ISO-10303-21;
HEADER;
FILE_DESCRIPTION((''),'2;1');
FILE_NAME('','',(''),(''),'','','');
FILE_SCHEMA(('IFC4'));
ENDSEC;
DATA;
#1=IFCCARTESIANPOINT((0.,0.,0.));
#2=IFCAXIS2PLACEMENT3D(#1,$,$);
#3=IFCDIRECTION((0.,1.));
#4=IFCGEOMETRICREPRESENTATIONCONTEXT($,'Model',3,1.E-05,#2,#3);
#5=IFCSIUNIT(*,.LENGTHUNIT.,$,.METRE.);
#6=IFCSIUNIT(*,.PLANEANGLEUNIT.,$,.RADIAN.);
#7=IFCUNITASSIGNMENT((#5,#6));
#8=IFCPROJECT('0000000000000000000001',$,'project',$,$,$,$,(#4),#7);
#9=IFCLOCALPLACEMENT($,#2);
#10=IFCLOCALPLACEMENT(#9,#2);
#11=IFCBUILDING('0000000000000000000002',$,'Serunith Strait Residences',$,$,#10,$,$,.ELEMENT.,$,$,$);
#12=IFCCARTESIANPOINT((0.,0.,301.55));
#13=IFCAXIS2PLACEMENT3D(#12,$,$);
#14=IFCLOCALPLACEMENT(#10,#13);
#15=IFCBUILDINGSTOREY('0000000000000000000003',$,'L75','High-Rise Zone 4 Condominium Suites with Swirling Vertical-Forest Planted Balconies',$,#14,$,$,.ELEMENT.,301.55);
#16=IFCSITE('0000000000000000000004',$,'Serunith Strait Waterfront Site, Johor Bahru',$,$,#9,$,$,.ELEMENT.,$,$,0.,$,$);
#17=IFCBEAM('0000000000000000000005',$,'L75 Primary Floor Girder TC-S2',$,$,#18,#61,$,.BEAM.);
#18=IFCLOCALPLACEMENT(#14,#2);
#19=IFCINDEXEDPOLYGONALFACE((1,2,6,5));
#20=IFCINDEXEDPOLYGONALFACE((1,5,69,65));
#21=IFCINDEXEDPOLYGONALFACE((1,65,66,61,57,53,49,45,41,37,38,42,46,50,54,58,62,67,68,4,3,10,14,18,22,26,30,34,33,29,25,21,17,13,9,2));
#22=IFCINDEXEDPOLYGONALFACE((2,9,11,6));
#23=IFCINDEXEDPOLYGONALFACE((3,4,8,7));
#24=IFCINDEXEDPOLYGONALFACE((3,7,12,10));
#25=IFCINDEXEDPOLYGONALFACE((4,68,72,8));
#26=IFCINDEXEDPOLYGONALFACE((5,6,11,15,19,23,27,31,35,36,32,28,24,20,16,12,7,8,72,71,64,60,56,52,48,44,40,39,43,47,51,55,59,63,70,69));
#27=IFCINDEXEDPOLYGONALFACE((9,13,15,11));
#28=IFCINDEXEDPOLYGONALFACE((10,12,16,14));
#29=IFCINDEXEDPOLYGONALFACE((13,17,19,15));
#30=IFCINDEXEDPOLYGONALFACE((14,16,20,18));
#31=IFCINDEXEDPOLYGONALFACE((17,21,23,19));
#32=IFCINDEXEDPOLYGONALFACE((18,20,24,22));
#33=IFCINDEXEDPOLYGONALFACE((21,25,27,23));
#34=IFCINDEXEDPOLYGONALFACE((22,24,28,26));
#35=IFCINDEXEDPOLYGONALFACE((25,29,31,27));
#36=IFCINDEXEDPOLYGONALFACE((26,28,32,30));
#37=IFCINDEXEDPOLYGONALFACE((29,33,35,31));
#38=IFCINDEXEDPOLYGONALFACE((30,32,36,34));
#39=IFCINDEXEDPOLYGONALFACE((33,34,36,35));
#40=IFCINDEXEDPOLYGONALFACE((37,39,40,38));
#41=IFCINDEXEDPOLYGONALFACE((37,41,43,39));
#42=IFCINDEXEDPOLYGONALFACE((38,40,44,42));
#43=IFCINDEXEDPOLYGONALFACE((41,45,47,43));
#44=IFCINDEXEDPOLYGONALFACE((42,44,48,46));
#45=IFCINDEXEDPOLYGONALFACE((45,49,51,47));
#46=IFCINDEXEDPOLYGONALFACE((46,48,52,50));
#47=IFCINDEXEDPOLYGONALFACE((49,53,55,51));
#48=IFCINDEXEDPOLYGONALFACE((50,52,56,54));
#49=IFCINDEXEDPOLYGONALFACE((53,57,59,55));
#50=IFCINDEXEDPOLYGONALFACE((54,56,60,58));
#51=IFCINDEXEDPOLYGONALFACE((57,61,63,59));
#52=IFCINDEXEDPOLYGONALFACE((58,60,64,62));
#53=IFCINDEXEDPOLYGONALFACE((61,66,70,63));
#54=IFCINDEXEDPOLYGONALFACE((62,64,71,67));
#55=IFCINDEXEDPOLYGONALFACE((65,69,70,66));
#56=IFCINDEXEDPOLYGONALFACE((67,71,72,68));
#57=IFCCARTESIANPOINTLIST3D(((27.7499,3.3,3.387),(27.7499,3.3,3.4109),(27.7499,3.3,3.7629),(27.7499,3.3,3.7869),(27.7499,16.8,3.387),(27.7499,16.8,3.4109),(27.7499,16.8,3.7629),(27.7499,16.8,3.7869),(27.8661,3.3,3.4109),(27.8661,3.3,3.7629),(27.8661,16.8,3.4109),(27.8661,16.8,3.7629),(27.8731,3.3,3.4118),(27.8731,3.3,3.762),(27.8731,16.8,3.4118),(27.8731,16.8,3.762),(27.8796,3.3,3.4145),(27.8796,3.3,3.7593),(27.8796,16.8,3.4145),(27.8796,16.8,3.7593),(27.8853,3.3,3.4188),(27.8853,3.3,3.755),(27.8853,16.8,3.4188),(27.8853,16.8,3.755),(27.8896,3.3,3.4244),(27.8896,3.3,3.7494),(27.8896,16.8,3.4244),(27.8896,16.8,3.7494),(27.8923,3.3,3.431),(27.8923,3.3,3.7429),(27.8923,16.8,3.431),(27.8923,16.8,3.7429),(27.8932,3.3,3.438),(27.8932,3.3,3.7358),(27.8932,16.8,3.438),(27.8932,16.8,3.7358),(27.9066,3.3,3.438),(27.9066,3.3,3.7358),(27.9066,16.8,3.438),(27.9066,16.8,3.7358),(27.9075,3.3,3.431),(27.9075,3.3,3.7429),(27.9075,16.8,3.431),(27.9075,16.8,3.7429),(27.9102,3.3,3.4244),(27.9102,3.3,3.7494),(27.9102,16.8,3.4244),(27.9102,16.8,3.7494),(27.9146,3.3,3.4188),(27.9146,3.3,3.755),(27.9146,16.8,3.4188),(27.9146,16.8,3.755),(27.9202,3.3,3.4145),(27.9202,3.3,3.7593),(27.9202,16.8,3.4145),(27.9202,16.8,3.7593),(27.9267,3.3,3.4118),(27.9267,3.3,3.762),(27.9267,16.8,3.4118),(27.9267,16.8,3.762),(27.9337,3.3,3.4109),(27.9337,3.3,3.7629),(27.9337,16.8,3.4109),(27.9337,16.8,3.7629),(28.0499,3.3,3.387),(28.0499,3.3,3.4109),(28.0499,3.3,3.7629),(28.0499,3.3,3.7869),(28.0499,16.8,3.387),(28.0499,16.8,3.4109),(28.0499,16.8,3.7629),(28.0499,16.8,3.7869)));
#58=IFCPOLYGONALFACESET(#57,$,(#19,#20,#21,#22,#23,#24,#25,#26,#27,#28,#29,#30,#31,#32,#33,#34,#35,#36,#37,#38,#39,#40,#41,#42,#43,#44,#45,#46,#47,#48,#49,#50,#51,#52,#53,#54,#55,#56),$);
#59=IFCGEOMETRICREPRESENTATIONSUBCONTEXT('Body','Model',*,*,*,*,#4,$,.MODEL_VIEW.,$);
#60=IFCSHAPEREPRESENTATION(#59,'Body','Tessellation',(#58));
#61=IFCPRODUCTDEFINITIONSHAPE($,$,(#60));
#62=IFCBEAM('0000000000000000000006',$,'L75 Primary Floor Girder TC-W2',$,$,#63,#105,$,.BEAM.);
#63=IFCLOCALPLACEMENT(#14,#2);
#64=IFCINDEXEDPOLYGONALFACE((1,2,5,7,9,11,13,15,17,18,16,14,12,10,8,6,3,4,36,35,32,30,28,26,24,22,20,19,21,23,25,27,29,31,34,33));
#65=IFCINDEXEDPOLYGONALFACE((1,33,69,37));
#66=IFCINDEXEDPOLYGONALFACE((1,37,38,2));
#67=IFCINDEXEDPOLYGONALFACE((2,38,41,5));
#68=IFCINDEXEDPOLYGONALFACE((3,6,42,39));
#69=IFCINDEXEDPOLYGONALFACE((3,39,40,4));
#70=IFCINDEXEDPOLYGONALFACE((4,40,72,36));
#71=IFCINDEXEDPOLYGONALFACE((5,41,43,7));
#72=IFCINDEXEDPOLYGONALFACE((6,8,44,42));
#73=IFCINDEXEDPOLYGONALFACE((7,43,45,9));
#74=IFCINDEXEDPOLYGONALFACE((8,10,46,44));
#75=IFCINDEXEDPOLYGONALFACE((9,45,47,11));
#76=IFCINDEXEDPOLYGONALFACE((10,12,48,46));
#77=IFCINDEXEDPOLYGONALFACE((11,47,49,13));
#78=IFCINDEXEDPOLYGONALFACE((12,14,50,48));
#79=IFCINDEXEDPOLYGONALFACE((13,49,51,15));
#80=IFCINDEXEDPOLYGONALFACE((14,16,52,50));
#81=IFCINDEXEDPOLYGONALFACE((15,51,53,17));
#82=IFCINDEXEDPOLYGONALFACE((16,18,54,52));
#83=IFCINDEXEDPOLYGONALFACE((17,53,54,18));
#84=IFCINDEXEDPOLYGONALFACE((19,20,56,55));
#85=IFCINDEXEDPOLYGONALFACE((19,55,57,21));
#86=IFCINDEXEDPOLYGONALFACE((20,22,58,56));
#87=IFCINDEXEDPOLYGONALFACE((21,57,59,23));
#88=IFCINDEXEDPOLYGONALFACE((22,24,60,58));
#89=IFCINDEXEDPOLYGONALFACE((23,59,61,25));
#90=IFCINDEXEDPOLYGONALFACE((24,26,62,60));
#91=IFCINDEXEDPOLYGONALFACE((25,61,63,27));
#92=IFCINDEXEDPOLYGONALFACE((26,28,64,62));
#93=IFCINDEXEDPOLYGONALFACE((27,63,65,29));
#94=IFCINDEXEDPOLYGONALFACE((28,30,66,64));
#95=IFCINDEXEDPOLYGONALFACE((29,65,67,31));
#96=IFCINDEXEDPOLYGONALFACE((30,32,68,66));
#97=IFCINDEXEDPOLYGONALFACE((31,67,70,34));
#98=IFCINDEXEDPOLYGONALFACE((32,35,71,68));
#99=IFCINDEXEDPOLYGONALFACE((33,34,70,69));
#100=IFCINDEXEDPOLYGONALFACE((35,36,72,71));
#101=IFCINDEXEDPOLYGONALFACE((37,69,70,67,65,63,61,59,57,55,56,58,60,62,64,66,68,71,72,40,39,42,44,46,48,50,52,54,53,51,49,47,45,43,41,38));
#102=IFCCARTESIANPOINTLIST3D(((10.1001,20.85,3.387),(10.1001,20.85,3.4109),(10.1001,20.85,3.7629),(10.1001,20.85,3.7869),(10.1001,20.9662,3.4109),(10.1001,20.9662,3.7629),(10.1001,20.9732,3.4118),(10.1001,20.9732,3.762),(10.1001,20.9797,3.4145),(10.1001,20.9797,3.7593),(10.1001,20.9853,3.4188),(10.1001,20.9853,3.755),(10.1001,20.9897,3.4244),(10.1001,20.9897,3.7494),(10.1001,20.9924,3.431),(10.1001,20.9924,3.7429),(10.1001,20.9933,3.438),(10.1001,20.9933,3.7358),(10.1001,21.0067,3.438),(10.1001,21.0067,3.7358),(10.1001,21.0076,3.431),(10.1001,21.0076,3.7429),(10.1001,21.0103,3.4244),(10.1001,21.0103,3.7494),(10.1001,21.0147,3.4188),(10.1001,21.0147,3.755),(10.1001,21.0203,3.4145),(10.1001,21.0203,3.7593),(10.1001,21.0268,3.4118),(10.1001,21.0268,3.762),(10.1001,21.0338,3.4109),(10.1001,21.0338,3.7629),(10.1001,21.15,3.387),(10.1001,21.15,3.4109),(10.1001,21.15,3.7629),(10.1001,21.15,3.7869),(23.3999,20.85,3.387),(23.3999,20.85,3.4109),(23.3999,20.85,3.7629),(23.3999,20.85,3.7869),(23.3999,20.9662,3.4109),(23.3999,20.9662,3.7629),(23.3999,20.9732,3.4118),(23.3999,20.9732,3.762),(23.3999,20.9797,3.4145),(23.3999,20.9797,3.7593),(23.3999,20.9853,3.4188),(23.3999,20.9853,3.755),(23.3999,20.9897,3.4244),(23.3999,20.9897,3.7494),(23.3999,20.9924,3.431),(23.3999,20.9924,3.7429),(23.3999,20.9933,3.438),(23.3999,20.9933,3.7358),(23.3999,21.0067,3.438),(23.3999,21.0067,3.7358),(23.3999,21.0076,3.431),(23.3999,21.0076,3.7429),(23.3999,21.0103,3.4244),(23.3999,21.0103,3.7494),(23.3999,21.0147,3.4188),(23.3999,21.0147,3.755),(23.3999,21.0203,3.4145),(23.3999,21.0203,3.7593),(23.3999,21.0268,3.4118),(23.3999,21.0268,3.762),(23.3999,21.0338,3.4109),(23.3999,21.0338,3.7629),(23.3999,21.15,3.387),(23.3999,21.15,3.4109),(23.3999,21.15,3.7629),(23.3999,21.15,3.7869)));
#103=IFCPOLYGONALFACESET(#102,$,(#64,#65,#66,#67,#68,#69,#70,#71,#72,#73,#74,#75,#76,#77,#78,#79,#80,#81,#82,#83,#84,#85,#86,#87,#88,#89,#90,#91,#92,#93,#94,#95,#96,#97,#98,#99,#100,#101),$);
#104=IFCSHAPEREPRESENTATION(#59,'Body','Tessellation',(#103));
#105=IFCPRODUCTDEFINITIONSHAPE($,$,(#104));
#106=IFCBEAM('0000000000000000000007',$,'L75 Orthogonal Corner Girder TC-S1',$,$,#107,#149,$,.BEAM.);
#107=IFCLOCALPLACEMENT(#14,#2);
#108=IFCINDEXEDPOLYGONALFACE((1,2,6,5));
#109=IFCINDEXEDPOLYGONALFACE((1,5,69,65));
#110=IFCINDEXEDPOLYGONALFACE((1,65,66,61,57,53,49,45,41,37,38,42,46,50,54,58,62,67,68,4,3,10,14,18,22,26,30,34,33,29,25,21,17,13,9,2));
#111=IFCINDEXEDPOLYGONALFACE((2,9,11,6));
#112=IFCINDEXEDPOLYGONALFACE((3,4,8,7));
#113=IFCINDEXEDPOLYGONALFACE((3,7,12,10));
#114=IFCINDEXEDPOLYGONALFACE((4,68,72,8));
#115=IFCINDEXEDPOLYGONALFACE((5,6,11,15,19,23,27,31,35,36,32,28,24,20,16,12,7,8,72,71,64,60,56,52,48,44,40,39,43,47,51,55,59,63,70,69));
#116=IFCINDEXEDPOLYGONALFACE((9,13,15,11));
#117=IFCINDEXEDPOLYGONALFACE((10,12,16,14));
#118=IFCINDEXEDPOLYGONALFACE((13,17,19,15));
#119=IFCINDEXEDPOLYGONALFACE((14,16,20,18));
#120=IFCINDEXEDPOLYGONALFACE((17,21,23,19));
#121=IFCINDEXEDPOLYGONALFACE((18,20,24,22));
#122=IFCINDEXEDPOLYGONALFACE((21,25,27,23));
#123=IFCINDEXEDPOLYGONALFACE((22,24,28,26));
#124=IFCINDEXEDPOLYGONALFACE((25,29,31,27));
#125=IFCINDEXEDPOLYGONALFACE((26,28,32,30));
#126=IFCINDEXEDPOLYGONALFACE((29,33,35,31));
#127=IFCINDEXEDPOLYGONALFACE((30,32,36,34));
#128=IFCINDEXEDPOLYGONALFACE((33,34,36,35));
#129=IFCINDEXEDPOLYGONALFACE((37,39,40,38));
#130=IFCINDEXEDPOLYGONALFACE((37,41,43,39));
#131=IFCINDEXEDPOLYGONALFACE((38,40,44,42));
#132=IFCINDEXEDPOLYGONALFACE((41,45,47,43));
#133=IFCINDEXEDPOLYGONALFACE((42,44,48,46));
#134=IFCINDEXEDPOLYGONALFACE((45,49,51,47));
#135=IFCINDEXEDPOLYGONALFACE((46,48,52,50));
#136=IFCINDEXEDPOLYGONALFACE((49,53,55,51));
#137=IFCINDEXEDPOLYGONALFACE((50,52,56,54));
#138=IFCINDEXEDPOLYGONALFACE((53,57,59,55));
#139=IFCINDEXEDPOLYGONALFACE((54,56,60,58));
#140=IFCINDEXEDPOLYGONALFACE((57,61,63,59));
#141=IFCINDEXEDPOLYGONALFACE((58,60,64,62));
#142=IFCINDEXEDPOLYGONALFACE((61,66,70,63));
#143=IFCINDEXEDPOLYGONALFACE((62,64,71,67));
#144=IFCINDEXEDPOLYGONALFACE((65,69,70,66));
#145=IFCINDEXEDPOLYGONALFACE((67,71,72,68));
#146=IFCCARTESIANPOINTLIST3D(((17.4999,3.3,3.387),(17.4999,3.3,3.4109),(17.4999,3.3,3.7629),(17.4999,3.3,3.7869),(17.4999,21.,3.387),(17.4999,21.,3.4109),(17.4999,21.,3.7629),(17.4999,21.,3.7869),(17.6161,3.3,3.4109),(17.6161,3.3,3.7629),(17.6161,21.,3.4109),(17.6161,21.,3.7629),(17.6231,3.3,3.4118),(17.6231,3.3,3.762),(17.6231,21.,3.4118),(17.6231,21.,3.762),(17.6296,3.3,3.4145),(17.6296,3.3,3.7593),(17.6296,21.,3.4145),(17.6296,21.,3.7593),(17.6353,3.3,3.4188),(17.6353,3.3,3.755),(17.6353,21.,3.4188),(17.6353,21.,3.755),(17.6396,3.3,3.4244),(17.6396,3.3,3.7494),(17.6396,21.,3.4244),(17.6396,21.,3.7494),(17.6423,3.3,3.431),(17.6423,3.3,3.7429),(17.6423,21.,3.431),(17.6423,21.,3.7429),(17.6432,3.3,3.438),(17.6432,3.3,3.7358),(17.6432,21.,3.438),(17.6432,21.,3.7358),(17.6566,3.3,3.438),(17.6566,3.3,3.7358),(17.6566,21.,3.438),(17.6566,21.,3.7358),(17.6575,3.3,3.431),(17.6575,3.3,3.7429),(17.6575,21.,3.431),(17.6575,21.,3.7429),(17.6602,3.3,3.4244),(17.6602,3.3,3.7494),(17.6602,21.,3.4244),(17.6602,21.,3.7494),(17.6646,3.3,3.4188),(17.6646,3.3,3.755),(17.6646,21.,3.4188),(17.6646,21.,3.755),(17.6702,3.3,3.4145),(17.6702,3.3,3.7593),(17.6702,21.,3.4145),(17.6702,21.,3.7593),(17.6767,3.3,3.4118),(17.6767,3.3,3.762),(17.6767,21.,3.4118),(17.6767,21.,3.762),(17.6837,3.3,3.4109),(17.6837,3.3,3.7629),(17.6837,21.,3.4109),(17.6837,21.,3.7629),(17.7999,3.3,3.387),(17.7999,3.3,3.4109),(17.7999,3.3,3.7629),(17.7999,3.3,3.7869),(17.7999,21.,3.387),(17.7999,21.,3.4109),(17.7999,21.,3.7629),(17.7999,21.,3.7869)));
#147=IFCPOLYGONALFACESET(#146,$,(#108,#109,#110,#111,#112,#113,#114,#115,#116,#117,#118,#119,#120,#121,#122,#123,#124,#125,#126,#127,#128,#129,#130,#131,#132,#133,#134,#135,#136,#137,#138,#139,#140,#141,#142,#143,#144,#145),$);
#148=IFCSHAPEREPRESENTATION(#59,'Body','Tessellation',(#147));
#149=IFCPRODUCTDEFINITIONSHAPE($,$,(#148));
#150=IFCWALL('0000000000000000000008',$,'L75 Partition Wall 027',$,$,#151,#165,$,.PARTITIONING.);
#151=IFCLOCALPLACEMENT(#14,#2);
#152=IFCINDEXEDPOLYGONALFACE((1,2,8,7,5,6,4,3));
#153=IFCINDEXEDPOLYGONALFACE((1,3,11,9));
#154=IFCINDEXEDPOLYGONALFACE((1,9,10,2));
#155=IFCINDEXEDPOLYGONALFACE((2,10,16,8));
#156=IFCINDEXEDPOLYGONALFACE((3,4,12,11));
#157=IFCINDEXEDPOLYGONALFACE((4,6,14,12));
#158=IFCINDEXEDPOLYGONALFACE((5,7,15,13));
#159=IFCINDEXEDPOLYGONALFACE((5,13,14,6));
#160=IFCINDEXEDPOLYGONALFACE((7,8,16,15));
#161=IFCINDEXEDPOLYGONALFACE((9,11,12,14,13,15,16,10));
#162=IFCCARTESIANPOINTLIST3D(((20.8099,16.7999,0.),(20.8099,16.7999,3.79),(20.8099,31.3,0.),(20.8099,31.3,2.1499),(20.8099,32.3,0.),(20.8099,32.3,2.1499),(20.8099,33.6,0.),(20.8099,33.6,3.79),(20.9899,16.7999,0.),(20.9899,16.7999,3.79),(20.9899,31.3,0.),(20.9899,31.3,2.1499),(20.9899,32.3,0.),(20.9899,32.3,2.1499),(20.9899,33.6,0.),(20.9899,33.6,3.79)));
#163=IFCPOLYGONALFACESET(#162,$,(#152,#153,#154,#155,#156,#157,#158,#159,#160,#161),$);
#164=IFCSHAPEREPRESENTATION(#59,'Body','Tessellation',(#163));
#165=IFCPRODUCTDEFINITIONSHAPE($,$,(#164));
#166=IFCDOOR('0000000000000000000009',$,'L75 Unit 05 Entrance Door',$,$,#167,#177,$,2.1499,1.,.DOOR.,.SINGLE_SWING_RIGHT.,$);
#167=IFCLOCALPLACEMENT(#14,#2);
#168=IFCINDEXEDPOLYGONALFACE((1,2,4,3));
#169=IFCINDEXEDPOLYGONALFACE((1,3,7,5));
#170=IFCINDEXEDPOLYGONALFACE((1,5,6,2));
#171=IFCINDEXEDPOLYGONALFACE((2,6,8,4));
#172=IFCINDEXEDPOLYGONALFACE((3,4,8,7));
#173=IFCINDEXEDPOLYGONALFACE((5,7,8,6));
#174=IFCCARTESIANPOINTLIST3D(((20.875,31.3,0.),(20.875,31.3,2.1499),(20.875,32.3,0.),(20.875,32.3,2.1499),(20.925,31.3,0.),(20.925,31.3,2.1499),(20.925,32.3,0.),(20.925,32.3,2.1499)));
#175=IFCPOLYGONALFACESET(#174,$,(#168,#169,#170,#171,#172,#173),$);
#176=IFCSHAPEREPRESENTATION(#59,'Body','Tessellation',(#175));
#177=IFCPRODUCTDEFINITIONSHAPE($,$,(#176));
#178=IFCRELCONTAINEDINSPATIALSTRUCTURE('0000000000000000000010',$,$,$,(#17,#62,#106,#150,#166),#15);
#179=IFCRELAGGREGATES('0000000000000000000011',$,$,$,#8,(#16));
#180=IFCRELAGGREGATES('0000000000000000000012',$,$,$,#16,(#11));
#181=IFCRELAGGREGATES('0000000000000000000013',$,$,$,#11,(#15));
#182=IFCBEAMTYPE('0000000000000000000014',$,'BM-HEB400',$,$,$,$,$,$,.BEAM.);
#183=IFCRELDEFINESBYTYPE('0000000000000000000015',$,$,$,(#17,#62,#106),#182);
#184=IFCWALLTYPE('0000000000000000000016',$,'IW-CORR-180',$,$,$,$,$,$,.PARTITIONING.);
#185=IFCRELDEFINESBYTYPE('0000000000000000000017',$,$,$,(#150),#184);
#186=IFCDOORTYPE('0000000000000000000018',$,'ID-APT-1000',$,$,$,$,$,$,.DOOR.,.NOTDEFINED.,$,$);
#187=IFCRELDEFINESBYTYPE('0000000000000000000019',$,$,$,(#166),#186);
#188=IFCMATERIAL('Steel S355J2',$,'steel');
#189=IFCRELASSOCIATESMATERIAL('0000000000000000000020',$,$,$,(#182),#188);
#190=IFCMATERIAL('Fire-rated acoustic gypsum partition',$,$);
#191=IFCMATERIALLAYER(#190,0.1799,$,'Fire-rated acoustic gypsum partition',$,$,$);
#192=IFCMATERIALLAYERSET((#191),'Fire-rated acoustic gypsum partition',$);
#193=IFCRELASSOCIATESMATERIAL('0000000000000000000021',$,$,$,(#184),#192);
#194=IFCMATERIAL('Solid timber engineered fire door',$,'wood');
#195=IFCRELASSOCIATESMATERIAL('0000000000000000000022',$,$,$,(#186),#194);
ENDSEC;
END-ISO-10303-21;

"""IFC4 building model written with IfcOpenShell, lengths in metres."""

from ifc_helpers import new_model, si_unit, direction, frame, frame_2d, origin, origin_2d, place, context, subcontext, project, spatial, rectangle, i_section, extrude, source, transform, mapped, material, layer, layer_set, material_profile, profile_set, type_object, element, fill, save


model = new_model("IFC4")

# Units and contexts
model_context = context("Model", 3, precision=1e-05, world=origin(), true_north=direction((0.0, 1.0)))
body_context = subcontext(model_context, "Body", "Model", "MODEL_VIEW")
ifc_project = project(units=[si_unit("LENGTHUNIT", "METRE"), si_unit("PLANEANGLEUNIT", "RADIAN")], contexts=[model_context])

# Site, building, storey
site_placement = place(None, origin())
site = spatial("IfcSite", under=ifc_project, at=site_placement, Name="Serunith Strait Waterfront Site, Johor Bahru", CompositionType="ELEMENT", RefElevation=0.0)
building_placement = place(site_placement, origin())
building = spatial("IfcBuilding", under=site, at=building_placement, Name="Serunith Strait Residences", CompositionType="ELEMENT")
storey_placement = place(building_placement, frame((0.0, 0.0, 301.55)))
storey = spatial("IfcBuildingStorey", under=building, at=storey_placement, Name="L75", Description="High-Rise Zone 4 Condominium Suites with Swirling Vertical-Forest Planted Balconies", CompositionType="ELEMENT", Elevation=301.55)

# Beams
ifc_material_1 = material(Name="Steel S355J2", Category="steel")
ifc_material_profile = material_profile(ifc_material_1, i_section(OverallWidth=0.3, OverallDepth=0.3999, WebThickness=0.0134, FlangeThickness=0.0239, FilletRadius=0.0271, at=origin_2d()), Name="HEB 400")
ifc_profile_set = profile_set([ifc_material_profile], Name="Steel S355J2")
beam_type = type_object("IfcBeamType", Name="BM-HEB400", PredefinedType="BEAM", material=ifc_profile_set)
shared_shape_1 = source(origin(), body_context, "Body", "SweptSolid", [
    extrude(i_section(OverallWidth=0.3, OverallDepth=0.3999, WebThickness=0.0134, FlangeThickness=0.0239, FilletRadius=0.0271, at=origin_2d()), origin(), (0.0, 0.0, 1.0), 13.5),
])
beam_1_placement = place(storey_placement, frame((27.8999, 16.8, 3.5869), z_axis=(0.0, -1.0, 0.0), x_axis=(1.0, 0.0, 0.0)))
element("IfcBeam", 1, at=beam_1_placement, inside=storey, type_object=beam_type, Name="L75 Primary Floor Girder TC-S2", PredefinedType="BEAM", context=body_context, shape_type="MappedRepresentation", body=[
    mapped(shared_shape_1, transform((0.0, 0.0, 0.0), scale=1.0)),
])
shared_shape_2 = source(origin(), body_context, "Body", "SweptSolid", [
    extrude(i_section(OverallWidth=0.3, OverallDepth=0.3999, WebThickness=0.0134, FlangeThickness=0.0239, FilletRadius=0.0271, at=origin_2d()), origin(), (0.0, 0.0, 1.0), 13.2998),
])
beam_2_placement = place(storey_placement, frame((23.3999, 21.0, 3.5869), z_axis=(-1.0, 0.0, 0.0), x_axis=(0.0, -1.0, 0.0)))
element("IfcBeam", 2, at=beam_2_placement, inside=storey, type_object=beam_type, Name="L75 Primary Floor Girder TC-W2", PredefinedType="BEAM", context=body_context, shape_type="MappedRepresentation", body=[
    mapped(shared_shape_2, transform((0.0, 0.0, 0.0), scale=1.0)),
])
shared_shape_3 = source(origin(), body_context, "Body", "SweptSolid", [
    extrude(i_section(OverallWidth=0.3, OverallDepth=0.3999, WebThickness=0.0134, FlangeThickness=0.0239, FilletRadius=0.0271, at=origin_2d()), origin(), (0.0, 0.0, 1.0), 17.7),
])
beam_3_placement = place(storey_placement, frame((17.6499, 21.0, 3.5869), z_axis=(0.0, -1.0, 0.0), x_axis=(1.0, 0.0, 0.0)))
element("IfcBeam", 3, at=beam_3_placement, inside=storey, type_object=beam_type, Name="L75 Orthogonal Corner Girder TC-S1", PredefinedType="BEAM", context=body_context, shape_type="MappedRepresentation", body=[
    mapped(shared_shape_3, transform((0.0, 0.0, 0.0), scale=1.0)),
])

# Wall, opening, door
ifc_material_2 = material(Name="Fire-rated acoustic gypsum partition")
ifc_layer_1 = layer(ifc_material_2, 0.1799, Name="Fire-rated acoustic gypsum partition")
ifc_layer_set_1 = layer_set([ifc_layer_1], Name="Fire-rated acoustic gypsum partition")
wall_type_1 = type_object("IfcWallType", Name="IW-CORR-180", PredefinedType="PARTITIONING", material=ifc_layer_set_1)
ifc_material_3 = material(Name="Solid timber engineered fire door", Category="wood")
door_type_1 = type_object("IfcDoorType", Name="ID-APT-1000", OperationType="NOTDEFINED", PredefinedType="DOOR", material=ifc_material_3)
shared_shape_4 = source(origin(), body_context, "Body", "SweptSolid", [
    extrude(rectangle(XDim=1.0, YDim=2.1499, at=frame_2d((0.5, 1.075))), frame((0.0, 0.0249, 0.0), z_axis=(0.0, -1.0, 0.0), x_axis=(1.0, 0.0, 0.0)), (0.0, 0.0, 1.0), 0.05),
])
wall_1_placement = place(storey_placement, frame((20.8999, 16.8, 0.0), z_axis=(0.0, 0.0, 1.0), x_axis=(0.0, 1.0, 0.0)))
wall_1 = element("IfcWall", 4, at=wall_1_placement, inside=storey, type_object=wall_type_1, Name="L75 Partition Wall 027", PredefinedType="PARTITIONING", context=body_context, shape_type="SweptSolid", body=[
    extrude(rectangle(XDim=16.8, YDim=0.1799, at=frame_2d((8.3999, 0.0))), origin(), (0.0, 0.0, 1.0), 3.79),
])
opening_1_placement = place(wall_1_placement, frame((14.5, 0.0, 0.0)))
opening_1 = element("IfcOpeningElement", 5, at=opening_1_placement, cuts=wall_1, PredefinedType="OPENING", context=body_context, shape_type="SweptSolid", body=[
    extrude(rectangle(XDim=1.0, YDim=2.1499, at=frame_2d((0.5, 1.075))), frame((0.0, 0.1001, 0.0), z_axis=(0.0, -1.0, 0.0), x_axis=(1.0, 0.0, 0.0)), (0.0, 0.0, 1.0), 0.2),
])
door_1_placement = place(opening_1_placement, origin())
door_1 = element("IfcDoor", 6, at=door_1_placement, inside=storey, type_object=door_type_1, Name="L75 Unit 05 Entrance Door", OperationType="SINGLE_SWING_RIGHT", OverallHeight=2.1499, OverallWidth=1.0, PredefinedType="DOOR", context=body_context, shape_type="MappedRepresentation", body=[
    mapped(shared_shape_4, transform((0.0, 0.0, 0.0), scale=1.0)),
])
fill(opening_1, door_1)

save(model, "model.ifc")
